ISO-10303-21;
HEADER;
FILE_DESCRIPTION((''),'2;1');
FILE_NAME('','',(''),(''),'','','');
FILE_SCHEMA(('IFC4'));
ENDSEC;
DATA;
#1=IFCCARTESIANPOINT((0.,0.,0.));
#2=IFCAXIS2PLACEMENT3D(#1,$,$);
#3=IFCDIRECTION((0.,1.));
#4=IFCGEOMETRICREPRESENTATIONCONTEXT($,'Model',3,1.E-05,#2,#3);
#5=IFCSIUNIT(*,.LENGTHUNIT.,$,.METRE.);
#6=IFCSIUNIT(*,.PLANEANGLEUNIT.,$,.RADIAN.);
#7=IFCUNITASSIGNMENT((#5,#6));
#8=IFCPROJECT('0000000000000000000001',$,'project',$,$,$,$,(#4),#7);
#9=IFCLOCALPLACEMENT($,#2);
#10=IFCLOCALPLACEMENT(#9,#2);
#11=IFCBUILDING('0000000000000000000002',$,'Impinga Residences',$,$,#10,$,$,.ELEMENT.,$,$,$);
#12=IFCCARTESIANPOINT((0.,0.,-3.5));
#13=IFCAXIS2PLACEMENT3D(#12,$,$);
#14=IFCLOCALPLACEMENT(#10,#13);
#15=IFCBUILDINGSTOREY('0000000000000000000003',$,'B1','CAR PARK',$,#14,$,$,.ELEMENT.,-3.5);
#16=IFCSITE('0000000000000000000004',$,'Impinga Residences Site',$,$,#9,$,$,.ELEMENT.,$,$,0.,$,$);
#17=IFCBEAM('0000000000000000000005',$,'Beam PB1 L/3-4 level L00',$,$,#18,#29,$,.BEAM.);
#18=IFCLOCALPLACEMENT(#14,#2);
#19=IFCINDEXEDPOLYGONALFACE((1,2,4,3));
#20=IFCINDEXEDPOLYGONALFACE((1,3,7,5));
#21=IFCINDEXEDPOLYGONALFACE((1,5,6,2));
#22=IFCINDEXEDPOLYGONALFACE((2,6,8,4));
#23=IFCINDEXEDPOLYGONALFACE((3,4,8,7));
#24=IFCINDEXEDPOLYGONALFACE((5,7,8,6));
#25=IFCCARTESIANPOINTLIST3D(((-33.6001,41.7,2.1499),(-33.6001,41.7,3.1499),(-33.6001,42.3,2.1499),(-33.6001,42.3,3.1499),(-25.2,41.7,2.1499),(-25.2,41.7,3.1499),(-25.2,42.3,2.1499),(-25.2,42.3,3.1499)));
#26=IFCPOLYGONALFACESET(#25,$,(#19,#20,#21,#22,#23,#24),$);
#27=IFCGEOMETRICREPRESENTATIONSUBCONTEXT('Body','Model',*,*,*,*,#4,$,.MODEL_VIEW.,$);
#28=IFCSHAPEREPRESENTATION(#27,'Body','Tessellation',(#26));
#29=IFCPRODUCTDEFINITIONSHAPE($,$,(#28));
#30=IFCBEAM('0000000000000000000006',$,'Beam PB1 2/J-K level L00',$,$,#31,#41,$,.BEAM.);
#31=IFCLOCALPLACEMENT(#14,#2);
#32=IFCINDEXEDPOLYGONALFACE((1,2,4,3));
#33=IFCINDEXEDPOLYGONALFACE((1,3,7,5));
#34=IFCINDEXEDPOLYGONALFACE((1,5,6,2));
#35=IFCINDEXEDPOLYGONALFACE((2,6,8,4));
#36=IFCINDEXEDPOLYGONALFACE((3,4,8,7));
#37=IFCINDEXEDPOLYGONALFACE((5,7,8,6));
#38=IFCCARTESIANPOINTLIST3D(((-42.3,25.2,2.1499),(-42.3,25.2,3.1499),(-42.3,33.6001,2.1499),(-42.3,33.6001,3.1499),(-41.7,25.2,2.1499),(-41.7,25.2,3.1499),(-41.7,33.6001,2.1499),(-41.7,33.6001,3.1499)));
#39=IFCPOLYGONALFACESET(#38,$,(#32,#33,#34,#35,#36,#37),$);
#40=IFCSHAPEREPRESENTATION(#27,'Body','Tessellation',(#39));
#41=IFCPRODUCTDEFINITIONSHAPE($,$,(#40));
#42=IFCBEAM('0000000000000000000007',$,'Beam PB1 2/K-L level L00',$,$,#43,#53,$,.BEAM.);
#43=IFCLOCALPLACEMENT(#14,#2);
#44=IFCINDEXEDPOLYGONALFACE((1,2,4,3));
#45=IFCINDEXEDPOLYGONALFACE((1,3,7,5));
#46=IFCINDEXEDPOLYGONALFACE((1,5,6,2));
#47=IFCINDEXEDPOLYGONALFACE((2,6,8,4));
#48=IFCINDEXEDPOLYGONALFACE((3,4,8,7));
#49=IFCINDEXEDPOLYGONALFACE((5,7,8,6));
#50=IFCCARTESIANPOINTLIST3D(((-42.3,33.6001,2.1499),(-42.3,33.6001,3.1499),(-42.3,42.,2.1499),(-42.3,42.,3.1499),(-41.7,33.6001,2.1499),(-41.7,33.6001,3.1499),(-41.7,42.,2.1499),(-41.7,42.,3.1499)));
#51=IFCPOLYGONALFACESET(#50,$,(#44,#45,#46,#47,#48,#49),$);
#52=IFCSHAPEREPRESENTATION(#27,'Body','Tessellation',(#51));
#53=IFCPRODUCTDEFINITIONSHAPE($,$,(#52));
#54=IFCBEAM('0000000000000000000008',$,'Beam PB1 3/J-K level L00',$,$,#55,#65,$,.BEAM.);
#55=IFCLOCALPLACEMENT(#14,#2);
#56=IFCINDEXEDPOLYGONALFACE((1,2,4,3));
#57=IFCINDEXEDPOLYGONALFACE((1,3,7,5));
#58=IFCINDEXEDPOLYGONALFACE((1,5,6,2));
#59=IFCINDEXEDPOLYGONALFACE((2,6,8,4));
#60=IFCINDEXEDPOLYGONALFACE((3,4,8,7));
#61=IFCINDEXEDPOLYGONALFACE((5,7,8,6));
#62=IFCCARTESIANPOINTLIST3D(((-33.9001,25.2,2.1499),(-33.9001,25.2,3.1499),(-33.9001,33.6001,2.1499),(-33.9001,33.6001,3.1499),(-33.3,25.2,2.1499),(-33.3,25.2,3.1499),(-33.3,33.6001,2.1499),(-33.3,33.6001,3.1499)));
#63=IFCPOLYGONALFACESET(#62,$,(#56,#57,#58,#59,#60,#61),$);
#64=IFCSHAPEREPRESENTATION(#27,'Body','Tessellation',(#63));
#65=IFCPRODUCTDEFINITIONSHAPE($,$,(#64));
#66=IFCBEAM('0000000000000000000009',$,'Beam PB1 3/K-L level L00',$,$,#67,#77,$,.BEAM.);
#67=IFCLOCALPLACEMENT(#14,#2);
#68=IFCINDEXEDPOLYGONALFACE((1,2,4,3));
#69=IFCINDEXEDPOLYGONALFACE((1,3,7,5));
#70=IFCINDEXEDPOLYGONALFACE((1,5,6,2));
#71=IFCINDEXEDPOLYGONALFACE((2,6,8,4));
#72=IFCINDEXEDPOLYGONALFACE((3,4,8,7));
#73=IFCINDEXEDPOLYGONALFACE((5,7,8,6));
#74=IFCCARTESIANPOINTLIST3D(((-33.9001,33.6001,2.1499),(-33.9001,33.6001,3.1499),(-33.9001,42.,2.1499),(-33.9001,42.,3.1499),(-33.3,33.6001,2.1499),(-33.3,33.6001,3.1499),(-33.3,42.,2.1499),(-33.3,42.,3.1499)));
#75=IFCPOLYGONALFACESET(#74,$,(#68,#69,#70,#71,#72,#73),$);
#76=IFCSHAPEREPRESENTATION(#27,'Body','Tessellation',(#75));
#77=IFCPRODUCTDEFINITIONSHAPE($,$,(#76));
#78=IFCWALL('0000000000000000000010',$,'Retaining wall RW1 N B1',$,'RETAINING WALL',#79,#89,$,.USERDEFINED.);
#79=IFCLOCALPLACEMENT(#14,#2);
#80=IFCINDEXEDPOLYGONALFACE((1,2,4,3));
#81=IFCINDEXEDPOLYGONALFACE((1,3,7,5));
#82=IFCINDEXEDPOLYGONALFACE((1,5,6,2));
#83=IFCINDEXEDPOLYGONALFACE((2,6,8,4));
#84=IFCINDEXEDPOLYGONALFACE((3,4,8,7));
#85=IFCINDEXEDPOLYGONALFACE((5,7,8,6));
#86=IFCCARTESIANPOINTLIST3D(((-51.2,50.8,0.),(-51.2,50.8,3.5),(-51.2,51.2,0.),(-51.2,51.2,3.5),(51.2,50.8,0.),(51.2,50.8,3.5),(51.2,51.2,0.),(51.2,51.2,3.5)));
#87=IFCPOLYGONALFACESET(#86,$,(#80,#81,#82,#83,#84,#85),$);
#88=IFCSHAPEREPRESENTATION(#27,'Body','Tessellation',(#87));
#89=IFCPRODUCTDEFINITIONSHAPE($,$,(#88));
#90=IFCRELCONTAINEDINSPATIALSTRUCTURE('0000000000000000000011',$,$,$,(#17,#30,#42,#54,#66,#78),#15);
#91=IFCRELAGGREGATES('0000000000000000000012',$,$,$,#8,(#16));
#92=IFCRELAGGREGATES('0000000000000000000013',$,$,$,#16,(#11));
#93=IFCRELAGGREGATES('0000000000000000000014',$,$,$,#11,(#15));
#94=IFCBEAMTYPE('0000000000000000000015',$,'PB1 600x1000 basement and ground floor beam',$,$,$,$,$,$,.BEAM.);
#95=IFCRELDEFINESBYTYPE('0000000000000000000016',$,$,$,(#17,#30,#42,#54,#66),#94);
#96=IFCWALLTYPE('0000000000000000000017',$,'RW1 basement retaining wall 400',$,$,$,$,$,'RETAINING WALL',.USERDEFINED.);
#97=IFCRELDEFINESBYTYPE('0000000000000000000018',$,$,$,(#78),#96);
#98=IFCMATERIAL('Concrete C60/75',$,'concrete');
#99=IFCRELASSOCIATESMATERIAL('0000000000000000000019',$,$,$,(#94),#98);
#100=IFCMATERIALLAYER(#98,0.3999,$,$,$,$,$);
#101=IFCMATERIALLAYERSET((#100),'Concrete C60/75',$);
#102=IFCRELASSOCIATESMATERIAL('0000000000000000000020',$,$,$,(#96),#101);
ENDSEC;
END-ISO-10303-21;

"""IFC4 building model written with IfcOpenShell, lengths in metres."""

from ifc_helpers import new_model, si_unit, direction, frame, frame_2d, origin, origin_2d, place, context, subcontext, project, spatial, rectangle, extrude, material, layer, layer_set, material_profile, profile_set, type_object, element, save


model = new_model("IFC4")

# Units and contexts
model_context = context("Model", 3, precision=1e-05, world=origin(), true_north=direction((0.0, 1.0)))
body_context = subcontext(model_context, "Body", "Model", "MODEL_VIEW")
ifc_project = project(units=[si_unit("LENGTHUNIT", "METRE"), si_unit("PLANEANGLEUNIT", "RADIAN")], contexts=[model_context])

# Site, building, storey
site_placement = place(None, origin())
site = spatial("IfcSite", under=ifc_project, at=site_placement, Name="Impinga Residences Site", CompositionType="ELEMENT", RefElevation=0.0)
building_placement = place(site_placement, origin())
building = spatial("IfcBuilding", under=site, at=building_placement, Name="Impinga Residences", CompositionType="ELEMENT")
storey_placement = place(building_placement, frame((0.0, 0.0, -3.5)))
storey = spatial("IfcBuildingStorey", under=building, at=storey_placement, Name="B1", Description="CAR PARK", CompositionType="ELEMENT", Elevation=-3.5)

# Beams
ifc_material_1 = material(Name="Concrete C60/75", Category="concrete")
ifc_material_profile_1 = material_profile(ifc_material_1, rectangle(XDim=0.6001, YDim=1.0, at=origin_2d()), Name="RC 600x1000")
ifc_profile_set_1 = profile_set([ifc_material_profile_1], Name="Concrete C60/75")
beam_type = type_object("IfcBeamType", Name="PB1 600x1000 basement and ground floor beam", PredefinedType="BEAM", material=ifc_profile_set_1)
for number, where, z_axis, x_axis, name in (
    (1, (-33.6001, 42.0, 2.6499), (1.0, 0.0, 0.0), (0.0, 1.0, 0.0), "Beam PB1 L/3-4 level L00"),
    (2, (-42.0, 25.2, 2.6499), (0.0, 1.0, 0.0), (-1.0, 0.0, 0.0), "Beam PB1 2/J-K level L00"),
):
    element("IfcBeam", number, at=place(storey_placement, frame(where, z_axis=z_axis, x_axis=x_axis)), inside=storey, type_object=beam_type, Name=name, PredefinedType="BEAM", context=body_context, shape_type="SweptSolid", body=[
        extrude(rectangle(XDim=0.6001, YDim=1.0, at=origin_2d()), origin(), (0.0, 0.0, 1.0), 8.4001),
    ])
beam_1_placement = place(storey_placement, frame((-42.0, 33.6001, 2.6499), z_axis=(0.0, 1.0, 0.0), x_axis=(-1.0, 0.0, 0.0)))
element("IfcBeam", 3, at=beam_1_placement, inside=storey, type_object=beam_type, Name="Beam PB1 2/K-L level L00", PredefinedType="BEAM", context=body_context, shape_type="SweptSolid", body=[
    extrude(rectangle(XDim=0.6001, YDim=1.0, at=origin_2d()), origin(), (0.0, 0.0, 1.0), 8.3999),
])
beam_2_placement = place(storey_placement, frame((-33.6001, 25.2, 2.6499), z_axis=(0.0, 1.0, 0.0), x_axis=(-1.0, 0.0, 0.0)))
element("IfcBeam", 4, at=beam_2_placement, inside=storey, type_object=beam_type, Name="Beam PB1 3/J-K level L00", PredefinedType="BEAM", context=body_context, shape_type="SweptSolid", body=[
    extrude(rectangle(XDim=0.6001, YDim=1.0, at=origin_2d()), origin(), (0.0, 0.0, 1.0), 8.4001),
])
beam_3_placement = place(storey_placement, frame((-33.6001, 33.6001, 2.6499), z_axis=(0.0, 1.0, 0.0), x_axis=(-1.0, 0.0, 0.0)))
element("IfcBeam", 5, at=beam_3_placement, inside=storey, type_object=beam_type, Name="Beam PB1 3/K-L level L00", PredefinedType="BEAM", context=body_context, shape_type="SweptSolid", body=[
    extrude(rectangle(XDim=0.6001, YDim=1.0, at=origin_2d()), origin(), (0.0, 0.0, 1.0), 8.3999),
])

# Wall
ifc_layer = layer(ifc_material_1, 0.3999)
ifc_layer_set = layer_set([ifc_layer], Name="Concrete C60/75")
wall_type = type_object("IfcWallType", Name="RW1 basement retaining wall 400", ElementType="RETAINING WALL", PredefinedType="USERDEFINED", material=ifc_layer_set)
wall_placement = place(storey_placement, frame((-51.2, 51.0, 0.0), z_axis=(0.0, 0.0, 1.0), x_axis=(1.0, 0.0, 0.0)))
element("IfcWall", 6, at=wall_placement, inside=storey, type_object=wall_type, Name="Retaining wall RW1 N B1", ObjectType="RETAINING WALL", PredefinedType="USERDEFINED", context=body_context, shape_type="SweptSolid", body=[
    extrude(rectangle(XDim=102.3999, YDim=0.3999, at=frame_2d((51.2, 0.0))), origin(), (0.0, 0.0, 1.0), 3.5),
])

save(model, "model.ifc")
